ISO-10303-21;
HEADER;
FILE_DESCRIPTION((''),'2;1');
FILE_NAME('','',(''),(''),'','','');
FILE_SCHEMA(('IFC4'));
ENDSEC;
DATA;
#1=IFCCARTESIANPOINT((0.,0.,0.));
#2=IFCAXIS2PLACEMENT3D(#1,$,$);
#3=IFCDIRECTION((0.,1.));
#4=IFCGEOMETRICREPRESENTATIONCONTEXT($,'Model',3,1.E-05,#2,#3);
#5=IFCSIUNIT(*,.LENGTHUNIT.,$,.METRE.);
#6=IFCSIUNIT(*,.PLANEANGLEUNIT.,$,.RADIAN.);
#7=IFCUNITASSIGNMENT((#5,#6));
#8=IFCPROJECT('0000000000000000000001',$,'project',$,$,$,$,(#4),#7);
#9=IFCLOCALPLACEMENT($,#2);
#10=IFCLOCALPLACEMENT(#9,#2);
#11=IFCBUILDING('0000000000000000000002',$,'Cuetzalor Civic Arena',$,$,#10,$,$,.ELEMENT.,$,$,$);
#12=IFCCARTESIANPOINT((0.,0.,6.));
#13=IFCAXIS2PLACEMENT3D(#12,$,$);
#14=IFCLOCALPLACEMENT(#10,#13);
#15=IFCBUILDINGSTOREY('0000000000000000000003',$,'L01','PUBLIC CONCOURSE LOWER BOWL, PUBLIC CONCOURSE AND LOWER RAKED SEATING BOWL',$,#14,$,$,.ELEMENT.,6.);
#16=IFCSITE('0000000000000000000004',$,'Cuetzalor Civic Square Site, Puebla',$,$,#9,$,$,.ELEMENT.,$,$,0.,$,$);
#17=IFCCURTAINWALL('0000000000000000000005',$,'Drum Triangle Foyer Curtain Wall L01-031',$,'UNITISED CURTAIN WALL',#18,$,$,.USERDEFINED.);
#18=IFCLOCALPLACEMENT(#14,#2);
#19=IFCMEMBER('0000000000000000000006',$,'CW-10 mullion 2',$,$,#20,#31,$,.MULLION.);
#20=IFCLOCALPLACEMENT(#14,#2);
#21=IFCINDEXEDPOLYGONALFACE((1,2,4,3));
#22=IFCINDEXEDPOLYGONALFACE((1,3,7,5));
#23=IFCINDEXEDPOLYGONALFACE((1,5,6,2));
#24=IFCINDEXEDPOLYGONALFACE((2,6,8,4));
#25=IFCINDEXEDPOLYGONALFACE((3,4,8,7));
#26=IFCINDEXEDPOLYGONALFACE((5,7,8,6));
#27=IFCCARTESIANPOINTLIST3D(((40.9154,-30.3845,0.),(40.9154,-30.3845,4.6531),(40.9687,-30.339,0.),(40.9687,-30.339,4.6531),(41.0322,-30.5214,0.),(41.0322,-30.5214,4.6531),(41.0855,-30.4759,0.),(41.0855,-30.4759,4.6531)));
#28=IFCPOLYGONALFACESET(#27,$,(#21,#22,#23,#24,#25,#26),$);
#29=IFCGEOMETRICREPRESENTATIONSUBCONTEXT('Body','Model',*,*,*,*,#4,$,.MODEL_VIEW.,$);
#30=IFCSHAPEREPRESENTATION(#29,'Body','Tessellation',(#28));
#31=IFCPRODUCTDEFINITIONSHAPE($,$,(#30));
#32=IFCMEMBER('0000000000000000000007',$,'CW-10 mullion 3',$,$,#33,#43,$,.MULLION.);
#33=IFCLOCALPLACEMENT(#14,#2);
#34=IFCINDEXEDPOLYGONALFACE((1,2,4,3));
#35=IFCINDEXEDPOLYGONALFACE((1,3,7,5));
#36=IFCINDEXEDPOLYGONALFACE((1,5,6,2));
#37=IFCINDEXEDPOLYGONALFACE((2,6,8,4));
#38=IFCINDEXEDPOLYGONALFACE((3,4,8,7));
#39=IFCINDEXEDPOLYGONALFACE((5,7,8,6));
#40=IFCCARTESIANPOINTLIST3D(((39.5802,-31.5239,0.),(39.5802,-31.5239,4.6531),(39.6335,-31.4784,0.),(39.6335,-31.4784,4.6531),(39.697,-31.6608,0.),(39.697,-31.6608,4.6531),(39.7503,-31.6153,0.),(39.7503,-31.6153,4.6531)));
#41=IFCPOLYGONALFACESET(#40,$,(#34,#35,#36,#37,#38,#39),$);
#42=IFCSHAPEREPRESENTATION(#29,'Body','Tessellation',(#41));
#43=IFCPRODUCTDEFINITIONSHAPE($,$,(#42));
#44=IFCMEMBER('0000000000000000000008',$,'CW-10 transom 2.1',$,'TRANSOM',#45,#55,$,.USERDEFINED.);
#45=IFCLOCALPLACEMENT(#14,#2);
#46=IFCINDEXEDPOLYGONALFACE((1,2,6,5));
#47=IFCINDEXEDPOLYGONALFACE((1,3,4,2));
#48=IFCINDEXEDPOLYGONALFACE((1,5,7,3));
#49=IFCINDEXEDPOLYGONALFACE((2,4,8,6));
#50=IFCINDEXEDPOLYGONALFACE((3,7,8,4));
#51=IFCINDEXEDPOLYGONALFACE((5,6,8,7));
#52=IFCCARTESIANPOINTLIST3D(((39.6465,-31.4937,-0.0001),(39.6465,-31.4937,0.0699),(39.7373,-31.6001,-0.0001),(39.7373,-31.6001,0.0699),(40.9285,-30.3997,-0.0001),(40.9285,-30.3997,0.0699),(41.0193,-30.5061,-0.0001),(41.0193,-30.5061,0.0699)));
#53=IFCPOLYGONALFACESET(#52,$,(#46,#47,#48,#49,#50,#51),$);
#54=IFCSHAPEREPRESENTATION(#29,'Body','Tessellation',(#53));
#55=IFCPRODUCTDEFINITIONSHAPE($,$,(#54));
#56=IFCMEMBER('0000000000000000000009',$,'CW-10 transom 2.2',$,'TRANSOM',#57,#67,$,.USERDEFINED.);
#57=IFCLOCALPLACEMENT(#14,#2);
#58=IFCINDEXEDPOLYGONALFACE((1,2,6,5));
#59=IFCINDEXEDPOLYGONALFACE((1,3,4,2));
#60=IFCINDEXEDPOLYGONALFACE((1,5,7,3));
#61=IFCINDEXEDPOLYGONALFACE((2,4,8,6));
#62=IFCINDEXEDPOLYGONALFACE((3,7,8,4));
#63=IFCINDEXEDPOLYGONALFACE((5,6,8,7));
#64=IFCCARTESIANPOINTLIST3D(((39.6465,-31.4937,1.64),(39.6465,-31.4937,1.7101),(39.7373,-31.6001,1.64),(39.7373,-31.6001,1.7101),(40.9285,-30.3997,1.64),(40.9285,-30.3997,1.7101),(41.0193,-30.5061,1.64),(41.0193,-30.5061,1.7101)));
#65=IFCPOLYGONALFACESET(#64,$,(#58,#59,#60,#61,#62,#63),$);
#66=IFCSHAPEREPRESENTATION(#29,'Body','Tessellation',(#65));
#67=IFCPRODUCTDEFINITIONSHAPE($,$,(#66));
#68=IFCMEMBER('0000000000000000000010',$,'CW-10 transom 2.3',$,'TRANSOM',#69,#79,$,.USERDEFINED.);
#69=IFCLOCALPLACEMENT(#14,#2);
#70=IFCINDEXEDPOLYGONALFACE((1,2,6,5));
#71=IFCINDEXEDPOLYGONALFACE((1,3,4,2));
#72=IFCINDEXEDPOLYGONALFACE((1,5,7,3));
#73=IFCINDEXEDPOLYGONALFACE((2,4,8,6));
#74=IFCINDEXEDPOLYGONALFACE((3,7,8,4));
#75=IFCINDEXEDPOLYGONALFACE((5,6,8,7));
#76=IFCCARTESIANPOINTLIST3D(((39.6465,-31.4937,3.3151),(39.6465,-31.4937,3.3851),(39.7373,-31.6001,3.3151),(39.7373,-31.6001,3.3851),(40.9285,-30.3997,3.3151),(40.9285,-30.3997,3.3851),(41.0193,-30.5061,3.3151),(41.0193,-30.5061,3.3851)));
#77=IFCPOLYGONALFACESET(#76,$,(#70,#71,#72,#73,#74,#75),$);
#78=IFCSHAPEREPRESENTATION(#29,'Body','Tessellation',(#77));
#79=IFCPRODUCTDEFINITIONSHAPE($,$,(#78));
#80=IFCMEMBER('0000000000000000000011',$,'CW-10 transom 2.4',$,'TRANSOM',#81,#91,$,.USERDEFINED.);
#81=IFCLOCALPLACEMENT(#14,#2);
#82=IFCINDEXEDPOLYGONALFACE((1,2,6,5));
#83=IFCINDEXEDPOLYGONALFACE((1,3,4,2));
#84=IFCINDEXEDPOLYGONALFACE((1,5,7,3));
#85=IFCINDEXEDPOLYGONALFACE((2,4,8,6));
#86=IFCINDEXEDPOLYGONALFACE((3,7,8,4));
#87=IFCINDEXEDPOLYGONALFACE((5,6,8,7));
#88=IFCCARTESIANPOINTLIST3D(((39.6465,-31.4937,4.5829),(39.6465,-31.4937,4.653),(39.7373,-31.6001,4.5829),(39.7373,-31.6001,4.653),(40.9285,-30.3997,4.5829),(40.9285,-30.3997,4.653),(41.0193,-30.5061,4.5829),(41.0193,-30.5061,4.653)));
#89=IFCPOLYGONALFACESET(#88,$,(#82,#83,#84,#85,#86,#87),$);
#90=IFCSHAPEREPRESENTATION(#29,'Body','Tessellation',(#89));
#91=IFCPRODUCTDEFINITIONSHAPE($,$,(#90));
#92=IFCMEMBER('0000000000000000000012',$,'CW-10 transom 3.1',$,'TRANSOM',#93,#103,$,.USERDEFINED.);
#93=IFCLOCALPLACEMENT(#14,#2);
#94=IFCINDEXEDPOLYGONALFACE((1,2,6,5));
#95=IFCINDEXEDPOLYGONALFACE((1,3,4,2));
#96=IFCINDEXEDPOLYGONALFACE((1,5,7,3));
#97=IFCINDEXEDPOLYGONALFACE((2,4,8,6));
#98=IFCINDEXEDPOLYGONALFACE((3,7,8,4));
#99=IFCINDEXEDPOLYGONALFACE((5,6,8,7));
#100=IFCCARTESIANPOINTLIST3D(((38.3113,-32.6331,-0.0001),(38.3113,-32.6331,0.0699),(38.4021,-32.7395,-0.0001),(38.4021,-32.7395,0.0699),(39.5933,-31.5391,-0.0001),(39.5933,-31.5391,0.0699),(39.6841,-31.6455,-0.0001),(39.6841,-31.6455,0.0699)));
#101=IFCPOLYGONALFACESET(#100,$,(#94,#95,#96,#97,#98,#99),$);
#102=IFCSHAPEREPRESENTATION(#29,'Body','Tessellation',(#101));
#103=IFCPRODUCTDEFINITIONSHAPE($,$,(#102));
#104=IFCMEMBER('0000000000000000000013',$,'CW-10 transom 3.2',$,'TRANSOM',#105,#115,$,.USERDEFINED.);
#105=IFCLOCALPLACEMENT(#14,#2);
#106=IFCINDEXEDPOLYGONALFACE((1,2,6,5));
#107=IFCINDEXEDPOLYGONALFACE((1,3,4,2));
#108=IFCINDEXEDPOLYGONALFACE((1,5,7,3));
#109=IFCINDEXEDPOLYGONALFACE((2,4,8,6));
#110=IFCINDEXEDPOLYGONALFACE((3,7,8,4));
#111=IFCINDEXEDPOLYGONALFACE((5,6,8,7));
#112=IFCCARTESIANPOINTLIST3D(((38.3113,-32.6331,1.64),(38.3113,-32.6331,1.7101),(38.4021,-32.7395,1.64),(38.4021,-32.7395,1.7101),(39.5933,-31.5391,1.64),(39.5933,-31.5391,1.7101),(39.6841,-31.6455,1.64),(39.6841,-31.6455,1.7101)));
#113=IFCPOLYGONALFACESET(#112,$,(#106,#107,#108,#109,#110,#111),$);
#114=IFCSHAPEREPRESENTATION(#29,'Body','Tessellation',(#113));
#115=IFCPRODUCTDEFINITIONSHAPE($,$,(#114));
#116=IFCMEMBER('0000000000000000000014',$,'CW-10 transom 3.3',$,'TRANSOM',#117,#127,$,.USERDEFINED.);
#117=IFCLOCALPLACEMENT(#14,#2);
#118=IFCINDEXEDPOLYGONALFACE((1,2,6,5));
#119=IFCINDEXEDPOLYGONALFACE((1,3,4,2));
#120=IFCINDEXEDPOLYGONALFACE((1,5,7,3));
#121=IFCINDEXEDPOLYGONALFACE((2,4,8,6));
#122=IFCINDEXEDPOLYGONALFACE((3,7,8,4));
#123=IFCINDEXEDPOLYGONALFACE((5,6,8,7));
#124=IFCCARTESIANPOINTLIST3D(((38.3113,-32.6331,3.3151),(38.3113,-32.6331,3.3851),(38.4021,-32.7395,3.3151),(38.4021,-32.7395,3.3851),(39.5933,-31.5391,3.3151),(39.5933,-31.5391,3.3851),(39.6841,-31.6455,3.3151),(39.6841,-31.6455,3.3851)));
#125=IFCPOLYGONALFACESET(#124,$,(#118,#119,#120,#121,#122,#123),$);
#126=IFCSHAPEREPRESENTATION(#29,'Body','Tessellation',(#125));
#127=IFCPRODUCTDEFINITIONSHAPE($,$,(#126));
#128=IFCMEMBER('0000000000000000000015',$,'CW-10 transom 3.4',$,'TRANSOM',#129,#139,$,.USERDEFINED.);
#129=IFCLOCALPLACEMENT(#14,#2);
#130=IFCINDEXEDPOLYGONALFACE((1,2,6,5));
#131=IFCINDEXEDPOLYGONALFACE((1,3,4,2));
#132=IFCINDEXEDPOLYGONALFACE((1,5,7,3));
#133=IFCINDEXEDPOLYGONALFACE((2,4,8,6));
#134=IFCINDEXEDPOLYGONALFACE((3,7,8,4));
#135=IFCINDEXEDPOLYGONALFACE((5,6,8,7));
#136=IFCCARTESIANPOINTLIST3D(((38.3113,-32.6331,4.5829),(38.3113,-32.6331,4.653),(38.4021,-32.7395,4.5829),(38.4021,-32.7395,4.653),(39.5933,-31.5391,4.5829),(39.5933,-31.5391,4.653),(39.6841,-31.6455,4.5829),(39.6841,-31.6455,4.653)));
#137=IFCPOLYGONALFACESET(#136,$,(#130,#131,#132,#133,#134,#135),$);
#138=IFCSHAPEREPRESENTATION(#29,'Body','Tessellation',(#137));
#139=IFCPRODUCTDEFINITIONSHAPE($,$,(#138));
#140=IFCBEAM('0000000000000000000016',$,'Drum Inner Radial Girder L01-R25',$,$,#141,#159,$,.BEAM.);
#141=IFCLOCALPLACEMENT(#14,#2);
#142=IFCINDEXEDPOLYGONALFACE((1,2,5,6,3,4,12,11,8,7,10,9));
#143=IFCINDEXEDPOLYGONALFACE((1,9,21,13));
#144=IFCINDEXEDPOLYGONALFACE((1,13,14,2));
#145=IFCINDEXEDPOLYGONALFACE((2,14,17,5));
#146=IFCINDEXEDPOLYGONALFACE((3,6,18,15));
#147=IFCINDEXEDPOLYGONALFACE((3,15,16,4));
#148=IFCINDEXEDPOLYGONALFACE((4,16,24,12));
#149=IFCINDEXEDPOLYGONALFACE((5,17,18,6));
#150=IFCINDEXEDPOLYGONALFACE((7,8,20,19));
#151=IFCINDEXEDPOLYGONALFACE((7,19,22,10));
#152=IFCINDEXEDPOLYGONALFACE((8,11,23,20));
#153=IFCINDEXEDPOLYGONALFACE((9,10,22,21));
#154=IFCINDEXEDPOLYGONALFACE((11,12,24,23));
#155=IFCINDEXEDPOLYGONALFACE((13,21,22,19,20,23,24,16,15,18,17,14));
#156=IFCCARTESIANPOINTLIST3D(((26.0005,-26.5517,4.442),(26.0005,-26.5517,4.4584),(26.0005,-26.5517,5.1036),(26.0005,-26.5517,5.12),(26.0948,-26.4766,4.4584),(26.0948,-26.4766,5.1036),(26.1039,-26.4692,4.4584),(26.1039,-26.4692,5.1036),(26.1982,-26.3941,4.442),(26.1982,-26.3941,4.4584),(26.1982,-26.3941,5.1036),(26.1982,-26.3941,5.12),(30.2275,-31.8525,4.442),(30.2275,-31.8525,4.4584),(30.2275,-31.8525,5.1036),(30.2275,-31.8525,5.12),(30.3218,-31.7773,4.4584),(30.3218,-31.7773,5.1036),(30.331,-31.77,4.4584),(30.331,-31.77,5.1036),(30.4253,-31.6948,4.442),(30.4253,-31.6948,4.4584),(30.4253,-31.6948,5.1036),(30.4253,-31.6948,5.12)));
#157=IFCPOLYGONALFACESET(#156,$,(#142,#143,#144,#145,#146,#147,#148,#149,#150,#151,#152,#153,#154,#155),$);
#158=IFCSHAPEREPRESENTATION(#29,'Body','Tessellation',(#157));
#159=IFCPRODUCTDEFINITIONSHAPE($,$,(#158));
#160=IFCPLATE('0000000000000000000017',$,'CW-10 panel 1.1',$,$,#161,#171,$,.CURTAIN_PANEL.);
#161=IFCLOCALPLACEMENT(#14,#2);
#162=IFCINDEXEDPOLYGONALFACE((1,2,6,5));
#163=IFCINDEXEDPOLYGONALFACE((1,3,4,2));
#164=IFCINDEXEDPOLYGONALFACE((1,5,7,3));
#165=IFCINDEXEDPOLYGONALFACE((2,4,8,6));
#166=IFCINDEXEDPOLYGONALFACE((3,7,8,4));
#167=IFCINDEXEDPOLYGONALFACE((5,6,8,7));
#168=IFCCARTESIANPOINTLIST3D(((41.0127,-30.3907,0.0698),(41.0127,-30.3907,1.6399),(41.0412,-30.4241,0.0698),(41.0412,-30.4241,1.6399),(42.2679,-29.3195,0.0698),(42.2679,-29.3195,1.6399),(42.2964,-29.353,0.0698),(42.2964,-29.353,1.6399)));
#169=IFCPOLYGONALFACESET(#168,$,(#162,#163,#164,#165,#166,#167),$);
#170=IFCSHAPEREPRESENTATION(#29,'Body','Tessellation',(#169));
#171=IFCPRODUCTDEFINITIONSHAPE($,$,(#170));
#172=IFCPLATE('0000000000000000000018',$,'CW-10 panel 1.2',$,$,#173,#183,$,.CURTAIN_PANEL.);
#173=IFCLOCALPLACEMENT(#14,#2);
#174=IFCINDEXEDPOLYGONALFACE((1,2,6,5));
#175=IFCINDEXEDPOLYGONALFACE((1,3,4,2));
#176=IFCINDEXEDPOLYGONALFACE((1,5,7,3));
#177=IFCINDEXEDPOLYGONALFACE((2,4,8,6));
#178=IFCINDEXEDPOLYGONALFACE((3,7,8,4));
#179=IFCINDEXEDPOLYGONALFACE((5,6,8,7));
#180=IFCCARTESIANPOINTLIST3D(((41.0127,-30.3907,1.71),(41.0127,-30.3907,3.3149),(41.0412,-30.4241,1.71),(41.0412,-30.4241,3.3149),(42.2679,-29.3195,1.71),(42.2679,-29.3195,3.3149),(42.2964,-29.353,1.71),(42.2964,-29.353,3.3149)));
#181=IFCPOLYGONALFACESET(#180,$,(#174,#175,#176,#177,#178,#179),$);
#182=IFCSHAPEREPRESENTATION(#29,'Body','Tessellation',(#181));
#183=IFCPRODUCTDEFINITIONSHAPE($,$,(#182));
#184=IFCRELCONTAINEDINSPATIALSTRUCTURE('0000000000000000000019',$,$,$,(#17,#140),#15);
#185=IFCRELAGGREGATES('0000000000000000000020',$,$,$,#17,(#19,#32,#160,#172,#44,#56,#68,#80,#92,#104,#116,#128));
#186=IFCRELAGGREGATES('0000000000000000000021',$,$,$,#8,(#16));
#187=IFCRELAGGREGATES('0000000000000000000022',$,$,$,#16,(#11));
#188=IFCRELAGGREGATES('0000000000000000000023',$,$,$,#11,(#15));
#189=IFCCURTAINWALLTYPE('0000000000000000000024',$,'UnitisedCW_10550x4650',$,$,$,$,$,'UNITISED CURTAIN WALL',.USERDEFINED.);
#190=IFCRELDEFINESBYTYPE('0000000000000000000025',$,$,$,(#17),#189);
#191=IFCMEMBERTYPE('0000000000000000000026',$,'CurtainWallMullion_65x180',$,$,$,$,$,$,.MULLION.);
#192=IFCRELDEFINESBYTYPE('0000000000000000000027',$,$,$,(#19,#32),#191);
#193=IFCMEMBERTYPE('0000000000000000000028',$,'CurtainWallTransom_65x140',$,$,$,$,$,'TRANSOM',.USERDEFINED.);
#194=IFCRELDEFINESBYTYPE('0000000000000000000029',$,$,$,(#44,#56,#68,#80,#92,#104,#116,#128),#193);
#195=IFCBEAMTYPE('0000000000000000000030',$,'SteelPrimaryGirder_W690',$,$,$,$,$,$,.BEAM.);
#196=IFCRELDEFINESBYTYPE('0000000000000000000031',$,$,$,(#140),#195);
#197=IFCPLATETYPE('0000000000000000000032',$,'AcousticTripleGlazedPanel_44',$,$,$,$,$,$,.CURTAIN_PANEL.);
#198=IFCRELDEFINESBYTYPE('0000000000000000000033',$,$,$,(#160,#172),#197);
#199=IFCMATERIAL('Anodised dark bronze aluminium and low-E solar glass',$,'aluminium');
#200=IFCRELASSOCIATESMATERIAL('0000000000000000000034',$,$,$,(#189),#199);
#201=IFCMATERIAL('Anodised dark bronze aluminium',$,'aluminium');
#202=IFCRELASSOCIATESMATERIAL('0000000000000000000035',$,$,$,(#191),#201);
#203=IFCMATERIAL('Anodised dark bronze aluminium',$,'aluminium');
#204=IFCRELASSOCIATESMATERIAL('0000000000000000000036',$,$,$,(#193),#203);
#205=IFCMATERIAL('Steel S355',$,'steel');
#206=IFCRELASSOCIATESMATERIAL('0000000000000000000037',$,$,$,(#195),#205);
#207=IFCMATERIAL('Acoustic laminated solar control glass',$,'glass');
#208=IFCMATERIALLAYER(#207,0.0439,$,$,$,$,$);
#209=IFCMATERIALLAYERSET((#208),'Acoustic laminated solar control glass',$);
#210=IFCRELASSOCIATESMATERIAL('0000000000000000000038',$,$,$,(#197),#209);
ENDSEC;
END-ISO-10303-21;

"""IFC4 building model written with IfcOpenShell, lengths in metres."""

from ifc_helpers import new_model, si_unit, direction, frame, origin, origin_2d, place, context, subcontext, project, spatial, rectangle, i_section, extrude, material, layer, layer_set, material_profile, profile_set, type_object, element, aggregate, save


model = new_model("IFC4")

# Units and contexts
model_context = context("Model", 3, precision=1e-05, world=origin(), true_north=direction((0.0, 1.0)))
body_context = subcontext(model_context, "Body", "Model", "MODEL_VIEW")
ifc_project = project(units=[si_unit("LENGTHUNIT", "METRE"), si_unit("PLANEANGLEUNIT", "RADIAN")], contexts=[model_context])

# Site, building, storey
site_placement = place(None, origin())
site = spatial("IfcSite", under=ifc_project, at=site_placement, Name="Cuetzalor Civic Square Site, Puebla", CompositionType="ELEMENT", RefElevation=0.0)
building_placement = place(site_placement, origin())
building = spatial("IfcBuilding", under=site, at=building_placement, Name="Cuetzalor Civic Arena", CompositionType="ELEMENT")
storey_placement = place(building_placement, frame((0.0, 0.0, 6.0)))
storey = spatial("IfcBuildingStorey", under=building, at=storey_placement, Name="L01", Description="PUBLIC CONCOURSE LOWER BOWL, PUBLIC CONCOURSE AND LOWER RAKED SEATING BOWL", CompositionType="ELEMENT", Elevation=6.0)

# Curtain wall, members
ifc_material_1 = material(Name="Anodised dark bronze aluminium and low-E solar glass", Category="aluminium")
curtain_wall_type = type_object("IfcCurtainWallType", Name="UnitisedCW_10550x4650", ElementType="UNITISED CURTAIN WALL", PredefinedType="USERDEFINED", material=ifc_material_1)
curtain_wall_placement = place(storey_placement, origin())
curtain_wall = element("IfcCurtainWall", 1, at=curtain_wall_placement, inside=storey, type_object=curtain_wall_type, Name="Drum Triangle Foyer Curtain Wall L01-031", ObjectType="UNITISED CURTAIN WALL", PredefinedType="USERDEFINED")
ifc_material_2 = material(Name="Anodised dark bronze aluminium", Category="aluminium")
ifc_material_profile_1 = material_profile(ifc_material_2, rectangle(XDim=0.0701, YDim=0.1799, at=origin_2d()), Name="ALU MULLION 70x180")
ifc_profile_set_1 = profile_set([ifc_material_profile_1], Name="Anodised dark bronze aluminium")
member_type_1 = type_object("IfcMemberType", Name="CurtainWallMullion_65x180", PredefinedType="MULLION", material=ifc_profile_set_1)
member_1_placement = place(storey_placement, frame((41.0005, -30.4302, 0.0), z_axis=(0.0, 0.0, 1.0), x_axis=(-0.760677, -0.64913, 0.0)))
member_1 = element("IfcMember", 2, at=member_1_placement, type_object=member_type_1, Name="CW-10 mullion 2", PredefinedType="MULLION", context=body_context, shape_type="SweptSolid", body=[
    extrude(rectangle(XDim=0.0701, YDim=0.1799, at=origin_2d()), origin(), (0.0, 0.0, 1.0), 4.6531),
])
member_2_placement = place(storey_placement, frame((39.6653, -31.5696, 0.0), z_axis=(0.0, 0.0, 1.0), x_axis=(-0.760677, -0.64913, 0.0)))
member_2 = element("IfcMember", 3, at=member_2_placement, type_object=member_type_1, Name="CW-10 mullion 3", PredefinedType="MULLION", context=body_context, shape_type="SweptSolid", body=[
    extrude(rectangle(XDim=0.0701, YDim=0.1799, at=origin_2d()), origin(), (0.0, 0.0, 1.0), 4.6531),
])
ifc_material_3 = material(Name="Anodised dark bronze aluminium", Category="aluminium")
ifc_material_profile_2 = material_profile(ifc_material_3, rectangle(XDim=0.1399, YDim=0.0701, at=origin_2d()), Name="ALU TRANSOM 70x140")
ifc_profile_set_2 = profile_set([ifc_material_profile_2], Name="Anodised dark bronze aluminium")
member_type_2 = type_object("IfcMemberType", Name="CurtainWallTransom_65x140", ElementType="TRANSOM", PredefinedType="USERDEFINED", material=ifc_profile_set_2)
member_3_placement = place(storey_placement, frame((40.9739, -30.4529, 0.0349), z_axis=(-0.760676, -0.649132, 0.0), x_axis=(0.649132, -0.760676, 0.0)))
member_3 = element("IfcMember", 4, at=member_3_placement, type_object=member_type_2, Name="CW-10 transom 2.1", ObjectType="TRANSOM", PredefinedType="USERDEFINED", context=body_context, shape_type="SweptSolid", body=[
    extrude(rectangle(XDim=0.1399, YDim=0.0701, at=origin_2d()), origin(), (0.0, 0.0, 1.0), 1.6853),
])
member_4_placement = place(storey_placement, frame((40.9739, -30.4529, 1.675), z_axis=(-0.760676, -0.649132, 0.0), x_axis=(0.649132, -0.760676, 0.0)))
member_4 = element("IfcMember", 5, at=member_4_placement, type_object=member_type_2, Name="CW-10 transom 2.2", ObjectType="TRANSOM", PredefinedType="USERDEFINED", context=body_context, shape_type="SweptSolid", body=[
    extrude(rectangle(XDim=0.1399, YDim=0.0701, at=origin_2d()), origin(), (0.0, 0.0, 1.0), 1.6853),
])
member_5_placement = place(storey_placement, frame((40.9739, -30.4529, 3.3501), z_axis=(-0.760676, -0.649132, 0.0), x_axis=(0.649132, -0.760676, 0.0)))
member_5 = element("IfcMember", 6, at=member_5_placement, type_object=member_type_2, Name="CW-10 transom 2.3", ObjectType="TRANSOM", PredefinedType="USERDEFINED", context=body_context, shape_type="SweptSolid", body=[
    extrude(rectangle(XDim=0.1399, YDim=0.0701, at=origin_2d()), origin(), (0.0, 0.0, 1.0), 1.6853),
])
member_6_placement = place(storey_placement, frame((40.9739, -30.4529, 4.6179), z_axis=(-0.760676, -0.649132, 0.0), x_axis=(0.649132, -0.760676, 0.0)))
member_6 = element("IfcMember", 7, at=member_6_placement, type_object=member_type_2, Name="CW-10 transom 2.4", ObjectType="TRANSOM", PredefinedType="USERDEFINED", context=body_context, shape_type="SweptSolid", body=[
    extrude(rectangle(XDim=0.1399, YDim=0.0701, at=origin_2d()), origin(), (0.0, 0.0, 1.0), 1.6853),
])
member_7_placement = place(storey_placement, frame((39.6387, -31.5923, 0.0349), z_axis=(-0.760676, -0.649132, 0.0), x_axis=(0.649132, -0.760676, 0.0)))
member_7 = element("IfcMember", 8, at=member_7_placement, type_object=member_type_2, Name="CW-10 transom 3.1", ObjectType="TRANSOM", PredefinedType="USERDEFINED", context=body_context, shape_type="SweptSolid", body=[
    extrude(rectangle(XDim=0.1399, YDim=0.0701, at=origin_2d()), origin(), (0.0, 0.0, 1.0), 1.6853),
])
member_8_placement = place(storey_placement, frame((39.6387, -31.5923, 1.675), z_axis=(-0.760676, -0.649132, 0.0), x_axis=(0.649132, -0.760676, 0.0)))
member_8 = element("IfcMember", 9, at=member_8_placement, type_object=member_type_2, Name="CW-10 transom 3.2", ObjectType="TRANSOM", PredefinedType="USERDEFINED", context=body_context, shape_type="SweptSolid", body=[
    extrude(rectangle(XDim=0.1399, YDim=0.0701, at=origin_2d()), origin(), (0.0, 0.0, 1.0), 1.6853),
])
member_9_placement = place(storey_placement, frame((39.6387, -31.5923, 3.3501), z_axis=(-0.760676, -0.649132, 0.0), x_axis=(0.649132, -0.760676, 0.0)))
member_9 = element("IfcMember", 10, at=member_9_placement, type_object=member_type_2, Name="CW-10 transom 3.3", ObjectType="TRANSOM", PredefinedType="USERDEFINED", context=body_context, shape_type="SweptSolid", body=[
    extrude(rectangle(XDim=0.1399, YDim=0.0701, at=origin_2d()), origin(), (0.0, 0.0, 1.0), 1.6853),
])
member_10_placement = place(storey_placement, frame((39.6387, -31.5923, 4.6179), z_axis=(-0.760676, -0.649132, 0.0), x_axis=(0.649132, -0.760676, 0.0)))
member_10 = element("IfcMember", 11, at=member_10_placement, type_object=member_type_2, Name="CW-10 transom 3.4", ObjectType="TRANSOM", PredefinedType="USERDEFINED", context=body_context, shape_type="SweptSolid", body=[
    extrude(rectangle(XDim=0.1399, YDim=0.0701, at=origin_2d()), origin(), (0.0, 0.0, 1.0), 1.6853),
])

# Beam
ifc_material_4 = material(Name="Steel S355", Category="steel")
ifc_material_profile_3 = material_profile(ifc_material_4, i_section(OverallWidth=0.2529, OverallDepth=0.678, WebThickness=0.0117, FlangeThickness=0.0164, at=origin_2d()), Name="W690x125")
ifc_profile_set_3 = profile_set([ifc_material_profile_3], Name="Steel S355")
beam_type = type_object("IfcBeamType", Name="SteelPrimaryGirder_W690", PredefinedType="BEAM", material=ifc_profile_set_3)
beam_placement = place(storey_placement, frame((26.0994, -26.4729, 4.781), z_axis=(0.623473, -0.781845, 0.0), x_axis=(0.781845, 0.623473, 0.0)))
element("IfcBeam", 12, at=beam_placement, inside=storey, type_object=beam_type, Name="Drum Inner Radial Girder L01-R25", PredefinedType="BEAM", context=body_context, shape_type="SweptSolid", body=[
    extrude(i_section(OverallWidth=0.2529, OverallDepth=0.678, WebThickness=0.0117, FlangeThickness=0.0164, at=origin_2d()), origin(), (0.0, 0.0, 1.0), 6.7798),
])

# Plates
ifc_material_5 = material(Name="Acoustic laminated solar control glass", Category="glass")
ifc_layer_1 = layer(ifc_material_5, 0.0439)
ifc_layer_set_1 = layer_set([ifc_layer_1], Name="Acoustic laminated solar control glass")
plate_type = type_object("IfcPlateType", Name="AcousticTripleGlazedPanel_44", PredefinedType="CURTAIN_PANEL", material=ifc_layer_set_1)
plate_1_placement = place(storey_placement, frame((41.6545, -29.8718, 0.0698), z_axis=(0.0, 0.0, 1.0), x_axis=(-0.760677, -0.64913, 0.0)))
plate_1 = element("IfcPlate", 13, at=plate_1_placement, type_object=plate_type, Name="CW-10 panel 1.1", PredefinedType="CURTAIN_PANEL", context=body_context, shape_type="SweptSolid", body=[
    extrude(rectangle(XDim=1.6501, YDim=0.0439, at=origin_2d()), origin(), (0.0, 0.0, 1.0), 1.5701),
])
plate_2_placement = place(storey_placement, frame((41.6545, -29.8718, 1.71), z_axis=(0.0, 0.0, 1.0), x_axis=(-0.760677, -0.64913, 0.0)))
plate_2 = element("IfcPlate", 14, at=plate_2_placement, type_object=plate_type, Name="CW-10 panel 1.2", PredefinedType="CURTAIN_PANEL", context=body_context, shape_type="SweptSolid", body=[
    extrude(rectangle(XDim=1.6501, YDim=0.0439, at=origin_2d()), origin(), (0.0, 0.0, 1.0), 1.605),
])
aggregate(curtain_wall, [member_1, member_2, plate_1, plate_2, member_3, member_4, member_5, member_6, member_7, member_8, member_9, member_10])

save(model, "model.ifc")
